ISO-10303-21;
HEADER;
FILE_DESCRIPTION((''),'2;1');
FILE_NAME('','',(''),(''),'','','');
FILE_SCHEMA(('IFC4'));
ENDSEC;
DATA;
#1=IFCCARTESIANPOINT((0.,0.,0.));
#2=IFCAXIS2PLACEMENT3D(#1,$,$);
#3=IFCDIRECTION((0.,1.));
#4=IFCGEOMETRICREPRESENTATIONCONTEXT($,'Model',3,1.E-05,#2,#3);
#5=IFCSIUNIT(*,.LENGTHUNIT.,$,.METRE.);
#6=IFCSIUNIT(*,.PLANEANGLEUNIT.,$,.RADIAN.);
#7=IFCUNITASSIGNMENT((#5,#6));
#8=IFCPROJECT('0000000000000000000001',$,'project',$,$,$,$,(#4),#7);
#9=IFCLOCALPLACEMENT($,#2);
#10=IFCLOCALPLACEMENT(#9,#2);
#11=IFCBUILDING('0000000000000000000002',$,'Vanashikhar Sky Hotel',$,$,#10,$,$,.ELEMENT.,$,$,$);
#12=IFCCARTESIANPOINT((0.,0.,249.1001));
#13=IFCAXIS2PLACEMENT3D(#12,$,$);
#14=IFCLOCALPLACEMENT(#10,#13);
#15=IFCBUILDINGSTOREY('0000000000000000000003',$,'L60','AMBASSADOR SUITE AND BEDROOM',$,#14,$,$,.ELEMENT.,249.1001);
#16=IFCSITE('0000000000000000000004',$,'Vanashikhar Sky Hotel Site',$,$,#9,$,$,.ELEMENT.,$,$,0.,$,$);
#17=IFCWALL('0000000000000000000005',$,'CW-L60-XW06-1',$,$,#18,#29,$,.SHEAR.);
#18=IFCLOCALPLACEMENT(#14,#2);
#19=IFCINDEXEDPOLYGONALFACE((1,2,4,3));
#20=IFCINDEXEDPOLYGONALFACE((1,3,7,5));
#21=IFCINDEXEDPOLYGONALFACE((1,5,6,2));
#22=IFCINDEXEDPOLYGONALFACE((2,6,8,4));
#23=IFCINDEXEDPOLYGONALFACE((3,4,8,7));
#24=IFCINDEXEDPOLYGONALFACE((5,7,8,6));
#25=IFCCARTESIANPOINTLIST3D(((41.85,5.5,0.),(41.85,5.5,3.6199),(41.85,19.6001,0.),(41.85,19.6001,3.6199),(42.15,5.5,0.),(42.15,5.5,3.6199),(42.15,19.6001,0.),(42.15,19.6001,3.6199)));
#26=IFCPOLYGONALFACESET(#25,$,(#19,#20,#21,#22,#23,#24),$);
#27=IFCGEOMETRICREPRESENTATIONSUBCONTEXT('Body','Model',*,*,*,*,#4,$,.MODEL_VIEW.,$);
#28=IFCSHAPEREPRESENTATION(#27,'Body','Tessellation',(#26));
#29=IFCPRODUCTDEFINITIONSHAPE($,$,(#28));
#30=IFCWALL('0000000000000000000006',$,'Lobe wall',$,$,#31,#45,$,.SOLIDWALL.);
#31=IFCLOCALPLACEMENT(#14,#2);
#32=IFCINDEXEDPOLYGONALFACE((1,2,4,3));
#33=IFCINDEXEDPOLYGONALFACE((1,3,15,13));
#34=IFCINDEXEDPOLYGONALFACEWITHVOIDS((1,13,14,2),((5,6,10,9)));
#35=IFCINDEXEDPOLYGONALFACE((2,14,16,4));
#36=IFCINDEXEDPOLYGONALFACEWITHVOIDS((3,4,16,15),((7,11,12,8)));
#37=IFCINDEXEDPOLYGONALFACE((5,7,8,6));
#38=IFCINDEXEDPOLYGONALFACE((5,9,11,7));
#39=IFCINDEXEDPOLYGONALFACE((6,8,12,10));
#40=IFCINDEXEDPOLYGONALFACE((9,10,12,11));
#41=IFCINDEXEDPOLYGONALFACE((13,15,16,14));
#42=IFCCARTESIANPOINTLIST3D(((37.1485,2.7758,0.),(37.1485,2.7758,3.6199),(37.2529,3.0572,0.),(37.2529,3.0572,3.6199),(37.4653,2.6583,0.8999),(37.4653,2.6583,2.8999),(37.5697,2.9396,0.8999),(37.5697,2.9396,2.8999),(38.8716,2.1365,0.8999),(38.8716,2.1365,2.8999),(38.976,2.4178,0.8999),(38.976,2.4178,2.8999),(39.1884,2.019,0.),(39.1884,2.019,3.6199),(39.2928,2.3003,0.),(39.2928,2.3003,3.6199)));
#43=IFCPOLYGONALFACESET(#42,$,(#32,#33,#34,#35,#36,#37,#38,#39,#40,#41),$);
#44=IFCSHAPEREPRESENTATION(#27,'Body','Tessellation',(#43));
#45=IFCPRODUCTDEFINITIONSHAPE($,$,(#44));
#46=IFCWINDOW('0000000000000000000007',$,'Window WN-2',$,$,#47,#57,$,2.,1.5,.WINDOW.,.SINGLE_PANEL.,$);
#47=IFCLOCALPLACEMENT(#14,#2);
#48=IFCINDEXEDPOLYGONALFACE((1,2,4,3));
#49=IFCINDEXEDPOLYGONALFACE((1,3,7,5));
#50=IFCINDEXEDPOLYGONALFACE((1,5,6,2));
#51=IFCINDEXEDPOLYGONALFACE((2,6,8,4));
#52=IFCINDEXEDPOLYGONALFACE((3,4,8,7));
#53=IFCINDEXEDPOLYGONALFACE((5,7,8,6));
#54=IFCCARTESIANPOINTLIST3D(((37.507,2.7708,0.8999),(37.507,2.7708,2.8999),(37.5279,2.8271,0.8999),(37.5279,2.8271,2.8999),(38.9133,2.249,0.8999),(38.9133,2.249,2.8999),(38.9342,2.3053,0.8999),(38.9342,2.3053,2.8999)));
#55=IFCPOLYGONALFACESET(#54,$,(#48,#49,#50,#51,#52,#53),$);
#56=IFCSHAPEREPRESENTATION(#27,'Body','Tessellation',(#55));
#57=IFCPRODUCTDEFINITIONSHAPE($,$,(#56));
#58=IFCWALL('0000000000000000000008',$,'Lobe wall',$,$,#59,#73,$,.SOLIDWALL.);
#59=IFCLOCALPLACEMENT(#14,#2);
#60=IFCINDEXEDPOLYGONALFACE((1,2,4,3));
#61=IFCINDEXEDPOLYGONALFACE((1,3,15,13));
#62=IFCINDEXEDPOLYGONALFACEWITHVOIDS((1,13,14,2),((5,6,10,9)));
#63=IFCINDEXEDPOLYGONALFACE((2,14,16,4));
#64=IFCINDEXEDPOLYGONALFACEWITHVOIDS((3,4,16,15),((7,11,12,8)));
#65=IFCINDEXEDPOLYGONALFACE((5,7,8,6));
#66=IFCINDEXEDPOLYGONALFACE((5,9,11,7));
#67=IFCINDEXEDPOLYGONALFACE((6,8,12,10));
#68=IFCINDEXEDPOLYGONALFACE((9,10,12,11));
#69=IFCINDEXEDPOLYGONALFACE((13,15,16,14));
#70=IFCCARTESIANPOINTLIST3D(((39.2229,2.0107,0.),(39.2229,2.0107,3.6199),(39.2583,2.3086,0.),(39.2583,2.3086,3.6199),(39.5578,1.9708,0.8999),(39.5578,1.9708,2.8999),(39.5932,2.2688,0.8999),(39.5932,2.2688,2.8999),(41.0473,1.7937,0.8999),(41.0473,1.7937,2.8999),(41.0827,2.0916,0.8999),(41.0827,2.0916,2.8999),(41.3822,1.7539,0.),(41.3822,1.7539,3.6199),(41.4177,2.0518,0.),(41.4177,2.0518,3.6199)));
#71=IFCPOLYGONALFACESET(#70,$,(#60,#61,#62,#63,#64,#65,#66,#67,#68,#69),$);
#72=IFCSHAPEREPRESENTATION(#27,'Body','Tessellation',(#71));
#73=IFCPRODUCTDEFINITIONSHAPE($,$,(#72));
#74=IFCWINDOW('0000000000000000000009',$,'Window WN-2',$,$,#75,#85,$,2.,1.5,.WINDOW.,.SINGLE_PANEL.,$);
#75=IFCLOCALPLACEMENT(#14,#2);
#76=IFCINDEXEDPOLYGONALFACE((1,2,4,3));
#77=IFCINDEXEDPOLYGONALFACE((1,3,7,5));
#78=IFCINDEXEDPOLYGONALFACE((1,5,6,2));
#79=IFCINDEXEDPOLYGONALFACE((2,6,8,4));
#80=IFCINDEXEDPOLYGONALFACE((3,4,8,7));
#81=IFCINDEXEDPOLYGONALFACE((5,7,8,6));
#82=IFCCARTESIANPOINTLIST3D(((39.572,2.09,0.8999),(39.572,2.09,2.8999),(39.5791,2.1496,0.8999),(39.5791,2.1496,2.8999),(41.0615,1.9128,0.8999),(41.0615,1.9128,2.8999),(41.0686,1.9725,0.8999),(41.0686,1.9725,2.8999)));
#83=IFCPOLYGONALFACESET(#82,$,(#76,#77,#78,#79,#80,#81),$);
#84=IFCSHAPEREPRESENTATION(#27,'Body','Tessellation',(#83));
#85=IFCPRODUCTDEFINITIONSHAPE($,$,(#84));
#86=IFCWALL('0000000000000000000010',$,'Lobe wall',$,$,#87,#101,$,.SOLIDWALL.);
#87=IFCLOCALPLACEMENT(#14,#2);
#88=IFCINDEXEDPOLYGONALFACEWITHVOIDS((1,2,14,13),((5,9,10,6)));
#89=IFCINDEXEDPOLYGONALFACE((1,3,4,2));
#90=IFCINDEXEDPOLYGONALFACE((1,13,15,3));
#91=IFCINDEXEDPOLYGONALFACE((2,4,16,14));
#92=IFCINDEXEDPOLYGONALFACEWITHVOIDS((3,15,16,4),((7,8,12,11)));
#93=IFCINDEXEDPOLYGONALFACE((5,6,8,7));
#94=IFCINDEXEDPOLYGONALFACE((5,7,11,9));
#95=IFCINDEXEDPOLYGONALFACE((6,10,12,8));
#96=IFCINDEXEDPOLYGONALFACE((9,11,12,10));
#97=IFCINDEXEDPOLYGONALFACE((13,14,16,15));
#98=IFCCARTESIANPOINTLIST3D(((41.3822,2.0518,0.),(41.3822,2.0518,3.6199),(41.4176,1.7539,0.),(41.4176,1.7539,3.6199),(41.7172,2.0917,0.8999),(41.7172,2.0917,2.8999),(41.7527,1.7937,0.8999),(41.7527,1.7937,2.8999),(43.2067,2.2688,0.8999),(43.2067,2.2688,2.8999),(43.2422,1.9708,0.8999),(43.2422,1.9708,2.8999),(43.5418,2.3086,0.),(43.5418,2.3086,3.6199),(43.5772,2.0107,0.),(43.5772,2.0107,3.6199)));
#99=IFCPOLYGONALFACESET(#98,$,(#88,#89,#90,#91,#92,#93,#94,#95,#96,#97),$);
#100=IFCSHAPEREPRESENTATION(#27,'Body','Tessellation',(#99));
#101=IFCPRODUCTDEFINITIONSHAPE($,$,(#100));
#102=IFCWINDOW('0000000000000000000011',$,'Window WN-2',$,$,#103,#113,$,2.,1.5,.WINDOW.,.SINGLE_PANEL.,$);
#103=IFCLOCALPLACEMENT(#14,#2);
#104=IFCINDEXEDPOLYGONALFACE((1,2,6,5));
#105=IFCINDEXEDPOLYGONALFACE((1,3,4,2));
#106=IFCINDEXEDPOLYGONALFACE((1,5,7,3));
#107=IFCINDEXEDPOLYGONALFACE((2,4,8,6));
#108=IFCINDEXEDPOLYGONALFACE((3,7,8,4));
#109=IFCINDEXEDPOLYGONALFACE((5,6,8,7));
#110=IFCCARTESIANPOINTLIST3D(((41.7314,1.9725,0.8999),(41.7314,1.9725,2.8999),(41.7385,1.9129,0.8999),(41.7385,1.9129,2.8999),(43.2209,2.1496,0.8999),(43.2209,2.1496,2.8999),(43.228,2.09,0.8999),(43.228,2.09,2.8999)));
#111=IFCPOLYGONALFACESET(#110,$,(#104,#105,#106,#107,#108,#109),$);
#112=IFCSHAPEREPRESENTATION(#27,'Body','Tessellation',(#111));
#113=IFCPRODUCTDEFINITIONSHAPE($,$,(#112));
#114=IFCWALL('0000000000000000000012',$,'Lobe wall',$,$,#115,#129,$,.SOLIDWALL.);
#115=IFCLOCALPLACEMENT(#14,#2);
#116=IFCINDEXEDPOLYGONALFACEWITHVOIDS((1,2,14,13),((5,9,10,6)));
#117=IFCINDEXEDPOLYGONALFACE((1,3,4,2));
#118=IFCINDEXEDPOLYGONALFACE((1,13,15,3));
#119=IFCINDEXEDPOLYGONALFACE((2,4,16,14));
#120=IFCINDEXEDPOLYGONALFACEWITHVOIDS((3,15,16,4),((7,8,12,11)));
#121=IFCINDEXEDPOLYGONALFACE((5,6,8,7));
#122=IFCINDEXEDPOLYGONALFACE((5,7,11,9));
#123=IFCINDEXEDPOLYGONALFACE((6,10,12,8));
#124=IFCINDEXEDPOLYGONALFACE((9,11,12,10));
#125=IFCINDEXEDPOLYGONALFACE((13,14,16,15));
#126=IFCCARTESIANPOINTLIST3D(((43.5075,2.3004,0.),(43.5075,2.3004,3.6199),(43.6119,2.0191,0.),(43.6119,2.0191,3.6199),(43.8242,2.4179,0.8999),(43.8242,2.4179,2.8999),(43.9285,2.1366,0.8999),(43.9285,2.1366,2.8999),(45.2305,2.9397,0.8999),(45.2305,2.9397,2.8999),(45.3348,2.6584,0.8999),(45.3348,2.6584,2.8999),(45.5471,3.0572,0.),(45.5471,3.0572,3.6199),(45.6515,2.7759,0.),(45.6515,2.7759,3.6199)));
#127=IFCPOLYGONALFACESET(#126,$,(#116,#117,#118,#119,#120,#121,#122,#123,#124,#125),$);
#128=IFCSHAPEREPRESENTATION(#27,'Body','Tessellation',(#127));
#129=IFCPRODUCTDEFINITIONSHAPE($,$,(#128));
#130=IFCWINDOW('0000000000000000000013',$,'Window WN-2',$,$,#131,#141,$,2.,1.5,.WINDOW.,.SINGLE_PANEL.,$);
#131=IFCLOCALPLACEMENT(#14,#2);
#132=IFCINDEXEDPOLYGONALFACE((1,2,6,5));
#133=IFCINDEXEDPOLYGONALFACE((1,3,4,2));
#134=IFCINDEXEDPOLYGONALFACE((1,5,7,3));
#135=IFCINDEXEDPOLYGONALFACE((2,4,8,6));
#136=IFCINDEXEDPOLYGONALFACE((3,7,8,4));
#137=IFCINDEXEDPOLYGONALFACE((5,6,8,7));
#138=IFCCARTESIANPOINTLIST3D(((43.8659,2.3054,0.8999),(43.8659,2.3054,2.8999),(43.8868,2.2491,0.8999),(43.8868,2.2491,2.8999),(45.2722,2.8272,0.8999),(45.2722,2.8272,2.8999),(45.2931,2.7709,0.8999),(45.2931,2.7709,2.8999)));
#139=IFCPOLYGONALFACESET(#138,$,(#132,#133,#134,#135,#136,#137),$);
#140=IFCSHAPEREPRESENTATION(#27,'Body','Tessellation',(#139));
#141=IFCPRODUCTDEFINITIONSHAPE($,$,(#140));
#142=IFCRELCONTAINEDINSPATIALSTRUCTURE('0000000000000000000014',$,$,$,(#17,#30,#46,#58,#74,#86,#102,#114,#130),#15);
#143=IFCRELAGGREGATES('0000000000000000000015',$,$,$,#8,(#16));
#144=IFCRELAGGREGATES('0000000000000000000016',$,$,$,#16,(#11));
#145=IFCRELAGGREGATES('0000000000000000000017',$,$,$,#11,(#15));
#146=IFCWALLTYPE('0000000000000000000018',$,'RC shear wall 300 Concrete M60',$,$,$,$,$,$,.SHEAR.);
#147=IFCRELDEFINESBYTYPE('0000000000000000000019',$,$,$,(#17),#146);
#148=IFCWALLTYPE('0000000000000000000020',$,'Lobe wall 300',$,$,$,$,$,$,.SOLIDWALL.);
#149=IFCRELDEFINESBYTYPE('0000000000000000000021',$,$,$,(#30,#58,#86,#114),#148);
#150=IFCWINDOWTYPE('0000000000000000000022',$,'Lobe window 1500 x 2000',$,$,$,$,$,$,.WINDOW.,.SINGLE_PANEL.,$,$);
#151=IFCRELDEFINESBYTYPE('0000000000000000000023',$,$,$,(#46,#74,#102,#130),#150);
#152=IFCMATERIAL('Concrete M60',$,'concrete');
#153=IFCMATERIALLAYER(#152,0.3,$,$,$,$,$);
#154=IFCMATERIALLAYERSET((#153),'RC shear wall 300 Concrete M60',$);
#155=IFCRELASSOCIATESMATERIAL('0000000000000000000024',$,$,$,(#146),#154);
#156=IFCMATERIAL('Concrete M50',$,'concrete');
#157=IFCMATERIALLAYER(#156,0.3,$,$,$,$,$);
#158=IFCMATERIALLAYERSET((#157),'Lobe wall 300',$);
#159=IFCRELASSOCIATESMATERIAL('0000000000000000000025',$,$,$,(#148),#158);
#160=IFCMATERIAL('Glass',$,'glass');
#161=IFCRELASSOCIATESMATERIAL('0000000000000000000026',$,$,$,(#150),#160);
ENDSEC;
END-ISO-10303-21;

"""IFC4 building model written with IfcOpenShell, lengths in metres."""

from ifc_helpers import new_model, si_unit, direction, frame, frame_2d, origin, place, context, subcontext, project, spatial, rectangle, extrude, source, transform, mapped, material, layer, layer_set, type_object, element, fill, save


model = new_model("IFC4")

# Units and contexts
model_context = context("Model", 3, precision=1e-05, world=origin(), true_north=direction((0.0, 1.0)))
body_context = subcontext(model_context, "Body", "Model", "MODEL_VIEW")
ifc_project = project(units=[si_unit("LENGTHUNIT", "METRE"), si_unit("PLANEANGLEUNIT", "RADIAN")], contexts=[model_context])

# Site, building, storey
site_placement = place(None, origin())
site = spatial("IfcSite", under=ifc_project, at=site_placement, Name="Vanashikhar Sky Hotel Site", CompositionType="ELEMENT", RefElevation=0.0)
building_placement = place(site_placement, origin())
building = spatial("IfcBuilding", under=site, at=building_placement, Name="Vanashikhar Sky Hotel", CompositionType="ELEMENT")
storey_placement = place(building_placement, frame((0.0, 0.0, 249.1001)))
storey = spatial("IfcBuildingStorey", under=building, at=storey_placement, Name="L60", Description="AMBASSADOR SUITE AND BEDROOM", CompositionType="ELEMENT", Elevation=249.1001)

# Wall
ifc_material_1 = material(Name="Concrete M60", Category="concrete")
ifc_layer_1 = layer(ifc_material_1, 0.3)
ifc_layer_set_1 = layer_set([ifc_layer_1], Name="RC shear wall 300 Concrete M60")
wall_type_1 = type_object("IfcWallType", Name="RC shear wall 300 Concrete M60", PredefinedType="SHEAR", material=ifc_layer_set_1)
shared_shape_1 = source(origin(), body_context, "Body", "SweptSolid", [
    extrude(rectangle(XDim=14.1001, YDim=0.3, at=frame_2d((7.05, 0.0))), origin(), (0.0, 0.0, 1.0), 3.6199),
])
wall_1_placement = place(storey_placement, frame((42.0, 5.5, 0.0), z_axis=(0.0, 0.0, 1.0), x_axis=(0.0, 1.0, 0.0)))
element("IfcWall", 1, at=wall_1_placement, inside=storey, type_object=wall_type_1, Name="CW-L60-XW06-1", PredefinedType="SHEAR", context=body_context, shape_type="MappedRepresentation", body=[
    mapped(shared_shape_1, transform((0.0, 0.0, 0.0), scale=1.0)),
])

# Walls, openings, windows
ifc_material_2 = material(Name="Concrete M50", Category="concrete")
ifc_layer_2 = layer(ifc_material_2, 0.3)
ifc_layer_set_2 = layer_set([ifc_layer_2], Name="Lobe wall 300")
wall_type_2 = type_object("IfcWallType", Name="Lobe wall 300", PredefinedType="SOLIDWALL", material=ifc_layer_set_2)
shared_shape_2 = source(origin(), body_context, "Body", "SweptSolid", [
    extrude(rectangle(XDim=2.1758, YDim=0.3, at=frame_2d((1.0879, 0.0))), origin(), (0.0, 0.0, 1.0), 3.6199),
])
wall_2_placement = place(storey_placement, frame((37.2007, 2.9165, 0.0), z_axis=(0.0, 0.0, 1.0), x_axis=(0.937546, -0.347863, 0.0)))
wall_2 = element("IfcWall", 2, at=wall_2_placement, inside=storey, type_object=wall_type_2, Name="Lobe wall", PredefinedType="SOLIDWALL", context=body_context, shape_type="MappedRepresentation", body=[
    mapped(shared_shape_2, transform((0.0, 0.0, 0.0), scale=1.0)),
])
shared_shape_3 = source(origin(), body_context, "Body", "SweptSolid", [
    extrude(rectangle(XDim=1.5, YDim=2.0, at=frame_2d((0.75, 1.0))), frame((0.0, 0.1602, 0.0), z_axis=(0.0, -1.0, 0.0), x_axis=(1.0, 0.0, 0.0)), (0.0, 0.0, 1.0), 0.3201),
])
opening_1_placement = place(wall_2_placement, frame((0.3379, 0.0, 0.8999)))
opening_1 = element("IfcOpeningElement", 3, at=opening_1_placement, cuts=wall_2, PredefinedType="OPENING", context=body_context, shape_type="MappedRepresentation", body=[
    mapped(shared_shape_3, transform((0.0, 0.0, 0.0), scale=1.0)),
])
ifc_material_3 = material(Name="Glass", Category="glass")
window_type = type_object("IfcWindowType", Name="Lobe window 1500 x 2000", PartitioningType="SINGLE_PANEL", PredefinedType="WINDOW", material=ifc_material_3)
shared_shape_4 = source(origin(), body_context, "Body", "SweptSolid", [
    extrude(rectangle(XDim=1.5, YDim=2.0, at=frame_2d((0.75, 1.0))), frame((0.0, 0.03, 0.0), z_axis=(0.0, -1.0, 0.0), x_axis=(1.0, 0.0, 0.0)), (0.0, 0.0, 1.0), 0.0601),
])
window_1_placement = place(opening_1_placement, origin())
window_1 = element("IfcWindow", 4, at=window_1_placement, inside=storey, type_object=window_type, Name="Window WN-2", OverallHeight=2.0, OverallWidth=1.5, PartitioningType="SINGLE_PANEL", PredefinedType="WINDOW", context=body_context, shape_type="MappedRepresentation", body=[
    mapped(shared_shape_4, transform((0.0, 0.0, 0.0), scale=1.0)),
])
fill(opening_1, window_1)
shared_shape_5 = source(origin(), body_context, "Body", "SweptSolid", [
    extrude(rectangle(XDim=2.1746, YDim=0.3, at=frame_2d((1.0874, 0.0))), origin(), (0.0, 0.0, 1.0), 3.6199),
])
wall_3_placement = place(storey_placement, frame((39.2405, 2.1597, 0.0), z_axis=(0.0, 0.0, 1.0), x_axis=(0.993001, -0.118105, 0.0)))
wall_3 = element("IfcWall", 5, at=wall_3_placement, inside=storey, type_object=wall_type_2, Name="Lobe wall", PredefinedType="SOLIDWALL", context=body_context, shape_type="MappedRepresentation", body=[
    mapped(shared_shape_5, transform((0.0, 0.0, 0.0), scale=1.0)),
])
opening_2_placement = place(wall_3_placement, frame((0.3374, 0.0, 0.8999)))
opening_2 = element("IfcOpeningElement", 6, at=opening_2_placement, cuts=wall_3, PredefinedType="OPENING", context=body_context, shape_type="MappedRepresentation", body=[
    mapped(shared_shape_3, transform((0.0, 0.0, 0.0), scale=1.0)),
])
window_2_placement = place(opening_2_placement, origin())
window_2 = element("IfcWindow", 7, at=window_2_placement, inside=storey, type_object=window_type, Name="Window WN-2", OverallHeight=2.0, OverallWidth=1.5, PartitioningType="SINGLE_PANEL", PredefinedType="WINDOW", context=body_context, shape_type="MappedRepresentation", body=[
    mapped(shared_shape_4, transform((0.0, 0.0, 0.0), scale=1.0)),
])
fill(opening_2, window_2)
shared_shape_6 = source(origin(), body_context, "Body", "SweptSolid", [
    extrude(rectangle(XDim=2.1748, YDim=0.3, at=frame_2d((1.0874, 0.0))), origin(), (0.0, 0.0, 1.0), 3.6199),
])
wall_4_placement = place(storey_placement, frame((41.3999, 1.9028, 0.0), z_axis=(0.0, 0.0, 1.0), x_axis=(0.993003, 0.118092, 0.0)))
wall_4 = element("IfcWall", 8, at=wall_4_placement, inside=storey, type_object=wall_type_2, Name="Lobe wall", PredefinedType="SOLIDWALL", context=body_context, shape_type="MappedRepresentation", body=[
    mapped(shared_shape_6, transform((0.0, 0.0, 0.0), scale=1.0)),
])
opening_3_placement = place(wall_4_placement, frame((0.3374, 0.0, 0.8999)))
opening_3 = element("IfcOpeningElement", 9, at=opening_3_placement, cuts=wall_4, PredefinedType="OPENING", context=body_context, shape_type="MappedRepresentation", body=[
    mapped(shared_shape_3, transform((0.0, 0.0, 0.0), scale=1.0)),
])
window_3_placement = place(opening_3_placement, origin())
window_3 = element("IfcWindow", 10, at=window_3_placement, inside=storey, type_object=window_type, Name="Window WN-2", OverallHeight=2.0, OverallWidth=1.5, PartitioningType="SINGLE_PANEL", PredefinedType="WINDOW", context=body_context, shape_type="MappedRepresentation", body=[
    mapped(shared_shape_4, transform((0.0, 0.0, 0.0), scale=1.0)),
])
fill(opening_3, window_3)
shared_shape_7 = source(origin(), body_context, "Body", "SweptSolid", [
    extrude(rectangle(XDim=2.1755, YDim=0.3, at=frame_2d((1.0879, 0.0))), origin(), (0.0, 0.0, 1.0), 3.6199),
])
wall_5_placement = place(storey_placement, frame((43.5596, 2.1597, 0.0), z_axis=(0.0, 0.0, 1.0), x_axis=(0.937532, 0.347899, 0.0)))
wall_5 = element("IfcWall", 11, at=wall_5_placement, inside=storey, type_object=wall_type_2, Name="Lobe wall", PredefinedType="SOLIDWALL", context=body_context, shape_type="MappedRepresentation", body=[
    mapped(shared_shape_7, transform((0.0, 0.0, 0.0), scale=1.0)),
])
opening_4_placement = place(wall_5_placement, frame((0.3379, 0.0, 0.8999)))
opening_4 = element("IfcOpeningElement", 12, at=opening_4_placement, cuts=wall_5, PredefinedType="OPENING", context=body_context, shape_type="MappedRepresentation", body=[
    mapped(shared_shape_3, transform((0.0, 0.0, 0.0), scale=1.0)),
])
window_4_placement = place(opening_4_placement, origin())
window_4 = element("IfcWindow", 13, at=window_4_placement, inside=storey, type_object=window_type, Name="Window WN-2", OverallHeight=2.0, OverallWidth=1.5, PartitioningType="SINGLE_PANEL", PredefinedType="WINDOW", context=body_context, shape_type="MappedRepresentation", body=[
    mapped(shared_shape_4, transform((0.0, 0.0, 0.0), scale=1.0)),
])
fill(opening_4, window_4)

save(model, "model.ifc")
